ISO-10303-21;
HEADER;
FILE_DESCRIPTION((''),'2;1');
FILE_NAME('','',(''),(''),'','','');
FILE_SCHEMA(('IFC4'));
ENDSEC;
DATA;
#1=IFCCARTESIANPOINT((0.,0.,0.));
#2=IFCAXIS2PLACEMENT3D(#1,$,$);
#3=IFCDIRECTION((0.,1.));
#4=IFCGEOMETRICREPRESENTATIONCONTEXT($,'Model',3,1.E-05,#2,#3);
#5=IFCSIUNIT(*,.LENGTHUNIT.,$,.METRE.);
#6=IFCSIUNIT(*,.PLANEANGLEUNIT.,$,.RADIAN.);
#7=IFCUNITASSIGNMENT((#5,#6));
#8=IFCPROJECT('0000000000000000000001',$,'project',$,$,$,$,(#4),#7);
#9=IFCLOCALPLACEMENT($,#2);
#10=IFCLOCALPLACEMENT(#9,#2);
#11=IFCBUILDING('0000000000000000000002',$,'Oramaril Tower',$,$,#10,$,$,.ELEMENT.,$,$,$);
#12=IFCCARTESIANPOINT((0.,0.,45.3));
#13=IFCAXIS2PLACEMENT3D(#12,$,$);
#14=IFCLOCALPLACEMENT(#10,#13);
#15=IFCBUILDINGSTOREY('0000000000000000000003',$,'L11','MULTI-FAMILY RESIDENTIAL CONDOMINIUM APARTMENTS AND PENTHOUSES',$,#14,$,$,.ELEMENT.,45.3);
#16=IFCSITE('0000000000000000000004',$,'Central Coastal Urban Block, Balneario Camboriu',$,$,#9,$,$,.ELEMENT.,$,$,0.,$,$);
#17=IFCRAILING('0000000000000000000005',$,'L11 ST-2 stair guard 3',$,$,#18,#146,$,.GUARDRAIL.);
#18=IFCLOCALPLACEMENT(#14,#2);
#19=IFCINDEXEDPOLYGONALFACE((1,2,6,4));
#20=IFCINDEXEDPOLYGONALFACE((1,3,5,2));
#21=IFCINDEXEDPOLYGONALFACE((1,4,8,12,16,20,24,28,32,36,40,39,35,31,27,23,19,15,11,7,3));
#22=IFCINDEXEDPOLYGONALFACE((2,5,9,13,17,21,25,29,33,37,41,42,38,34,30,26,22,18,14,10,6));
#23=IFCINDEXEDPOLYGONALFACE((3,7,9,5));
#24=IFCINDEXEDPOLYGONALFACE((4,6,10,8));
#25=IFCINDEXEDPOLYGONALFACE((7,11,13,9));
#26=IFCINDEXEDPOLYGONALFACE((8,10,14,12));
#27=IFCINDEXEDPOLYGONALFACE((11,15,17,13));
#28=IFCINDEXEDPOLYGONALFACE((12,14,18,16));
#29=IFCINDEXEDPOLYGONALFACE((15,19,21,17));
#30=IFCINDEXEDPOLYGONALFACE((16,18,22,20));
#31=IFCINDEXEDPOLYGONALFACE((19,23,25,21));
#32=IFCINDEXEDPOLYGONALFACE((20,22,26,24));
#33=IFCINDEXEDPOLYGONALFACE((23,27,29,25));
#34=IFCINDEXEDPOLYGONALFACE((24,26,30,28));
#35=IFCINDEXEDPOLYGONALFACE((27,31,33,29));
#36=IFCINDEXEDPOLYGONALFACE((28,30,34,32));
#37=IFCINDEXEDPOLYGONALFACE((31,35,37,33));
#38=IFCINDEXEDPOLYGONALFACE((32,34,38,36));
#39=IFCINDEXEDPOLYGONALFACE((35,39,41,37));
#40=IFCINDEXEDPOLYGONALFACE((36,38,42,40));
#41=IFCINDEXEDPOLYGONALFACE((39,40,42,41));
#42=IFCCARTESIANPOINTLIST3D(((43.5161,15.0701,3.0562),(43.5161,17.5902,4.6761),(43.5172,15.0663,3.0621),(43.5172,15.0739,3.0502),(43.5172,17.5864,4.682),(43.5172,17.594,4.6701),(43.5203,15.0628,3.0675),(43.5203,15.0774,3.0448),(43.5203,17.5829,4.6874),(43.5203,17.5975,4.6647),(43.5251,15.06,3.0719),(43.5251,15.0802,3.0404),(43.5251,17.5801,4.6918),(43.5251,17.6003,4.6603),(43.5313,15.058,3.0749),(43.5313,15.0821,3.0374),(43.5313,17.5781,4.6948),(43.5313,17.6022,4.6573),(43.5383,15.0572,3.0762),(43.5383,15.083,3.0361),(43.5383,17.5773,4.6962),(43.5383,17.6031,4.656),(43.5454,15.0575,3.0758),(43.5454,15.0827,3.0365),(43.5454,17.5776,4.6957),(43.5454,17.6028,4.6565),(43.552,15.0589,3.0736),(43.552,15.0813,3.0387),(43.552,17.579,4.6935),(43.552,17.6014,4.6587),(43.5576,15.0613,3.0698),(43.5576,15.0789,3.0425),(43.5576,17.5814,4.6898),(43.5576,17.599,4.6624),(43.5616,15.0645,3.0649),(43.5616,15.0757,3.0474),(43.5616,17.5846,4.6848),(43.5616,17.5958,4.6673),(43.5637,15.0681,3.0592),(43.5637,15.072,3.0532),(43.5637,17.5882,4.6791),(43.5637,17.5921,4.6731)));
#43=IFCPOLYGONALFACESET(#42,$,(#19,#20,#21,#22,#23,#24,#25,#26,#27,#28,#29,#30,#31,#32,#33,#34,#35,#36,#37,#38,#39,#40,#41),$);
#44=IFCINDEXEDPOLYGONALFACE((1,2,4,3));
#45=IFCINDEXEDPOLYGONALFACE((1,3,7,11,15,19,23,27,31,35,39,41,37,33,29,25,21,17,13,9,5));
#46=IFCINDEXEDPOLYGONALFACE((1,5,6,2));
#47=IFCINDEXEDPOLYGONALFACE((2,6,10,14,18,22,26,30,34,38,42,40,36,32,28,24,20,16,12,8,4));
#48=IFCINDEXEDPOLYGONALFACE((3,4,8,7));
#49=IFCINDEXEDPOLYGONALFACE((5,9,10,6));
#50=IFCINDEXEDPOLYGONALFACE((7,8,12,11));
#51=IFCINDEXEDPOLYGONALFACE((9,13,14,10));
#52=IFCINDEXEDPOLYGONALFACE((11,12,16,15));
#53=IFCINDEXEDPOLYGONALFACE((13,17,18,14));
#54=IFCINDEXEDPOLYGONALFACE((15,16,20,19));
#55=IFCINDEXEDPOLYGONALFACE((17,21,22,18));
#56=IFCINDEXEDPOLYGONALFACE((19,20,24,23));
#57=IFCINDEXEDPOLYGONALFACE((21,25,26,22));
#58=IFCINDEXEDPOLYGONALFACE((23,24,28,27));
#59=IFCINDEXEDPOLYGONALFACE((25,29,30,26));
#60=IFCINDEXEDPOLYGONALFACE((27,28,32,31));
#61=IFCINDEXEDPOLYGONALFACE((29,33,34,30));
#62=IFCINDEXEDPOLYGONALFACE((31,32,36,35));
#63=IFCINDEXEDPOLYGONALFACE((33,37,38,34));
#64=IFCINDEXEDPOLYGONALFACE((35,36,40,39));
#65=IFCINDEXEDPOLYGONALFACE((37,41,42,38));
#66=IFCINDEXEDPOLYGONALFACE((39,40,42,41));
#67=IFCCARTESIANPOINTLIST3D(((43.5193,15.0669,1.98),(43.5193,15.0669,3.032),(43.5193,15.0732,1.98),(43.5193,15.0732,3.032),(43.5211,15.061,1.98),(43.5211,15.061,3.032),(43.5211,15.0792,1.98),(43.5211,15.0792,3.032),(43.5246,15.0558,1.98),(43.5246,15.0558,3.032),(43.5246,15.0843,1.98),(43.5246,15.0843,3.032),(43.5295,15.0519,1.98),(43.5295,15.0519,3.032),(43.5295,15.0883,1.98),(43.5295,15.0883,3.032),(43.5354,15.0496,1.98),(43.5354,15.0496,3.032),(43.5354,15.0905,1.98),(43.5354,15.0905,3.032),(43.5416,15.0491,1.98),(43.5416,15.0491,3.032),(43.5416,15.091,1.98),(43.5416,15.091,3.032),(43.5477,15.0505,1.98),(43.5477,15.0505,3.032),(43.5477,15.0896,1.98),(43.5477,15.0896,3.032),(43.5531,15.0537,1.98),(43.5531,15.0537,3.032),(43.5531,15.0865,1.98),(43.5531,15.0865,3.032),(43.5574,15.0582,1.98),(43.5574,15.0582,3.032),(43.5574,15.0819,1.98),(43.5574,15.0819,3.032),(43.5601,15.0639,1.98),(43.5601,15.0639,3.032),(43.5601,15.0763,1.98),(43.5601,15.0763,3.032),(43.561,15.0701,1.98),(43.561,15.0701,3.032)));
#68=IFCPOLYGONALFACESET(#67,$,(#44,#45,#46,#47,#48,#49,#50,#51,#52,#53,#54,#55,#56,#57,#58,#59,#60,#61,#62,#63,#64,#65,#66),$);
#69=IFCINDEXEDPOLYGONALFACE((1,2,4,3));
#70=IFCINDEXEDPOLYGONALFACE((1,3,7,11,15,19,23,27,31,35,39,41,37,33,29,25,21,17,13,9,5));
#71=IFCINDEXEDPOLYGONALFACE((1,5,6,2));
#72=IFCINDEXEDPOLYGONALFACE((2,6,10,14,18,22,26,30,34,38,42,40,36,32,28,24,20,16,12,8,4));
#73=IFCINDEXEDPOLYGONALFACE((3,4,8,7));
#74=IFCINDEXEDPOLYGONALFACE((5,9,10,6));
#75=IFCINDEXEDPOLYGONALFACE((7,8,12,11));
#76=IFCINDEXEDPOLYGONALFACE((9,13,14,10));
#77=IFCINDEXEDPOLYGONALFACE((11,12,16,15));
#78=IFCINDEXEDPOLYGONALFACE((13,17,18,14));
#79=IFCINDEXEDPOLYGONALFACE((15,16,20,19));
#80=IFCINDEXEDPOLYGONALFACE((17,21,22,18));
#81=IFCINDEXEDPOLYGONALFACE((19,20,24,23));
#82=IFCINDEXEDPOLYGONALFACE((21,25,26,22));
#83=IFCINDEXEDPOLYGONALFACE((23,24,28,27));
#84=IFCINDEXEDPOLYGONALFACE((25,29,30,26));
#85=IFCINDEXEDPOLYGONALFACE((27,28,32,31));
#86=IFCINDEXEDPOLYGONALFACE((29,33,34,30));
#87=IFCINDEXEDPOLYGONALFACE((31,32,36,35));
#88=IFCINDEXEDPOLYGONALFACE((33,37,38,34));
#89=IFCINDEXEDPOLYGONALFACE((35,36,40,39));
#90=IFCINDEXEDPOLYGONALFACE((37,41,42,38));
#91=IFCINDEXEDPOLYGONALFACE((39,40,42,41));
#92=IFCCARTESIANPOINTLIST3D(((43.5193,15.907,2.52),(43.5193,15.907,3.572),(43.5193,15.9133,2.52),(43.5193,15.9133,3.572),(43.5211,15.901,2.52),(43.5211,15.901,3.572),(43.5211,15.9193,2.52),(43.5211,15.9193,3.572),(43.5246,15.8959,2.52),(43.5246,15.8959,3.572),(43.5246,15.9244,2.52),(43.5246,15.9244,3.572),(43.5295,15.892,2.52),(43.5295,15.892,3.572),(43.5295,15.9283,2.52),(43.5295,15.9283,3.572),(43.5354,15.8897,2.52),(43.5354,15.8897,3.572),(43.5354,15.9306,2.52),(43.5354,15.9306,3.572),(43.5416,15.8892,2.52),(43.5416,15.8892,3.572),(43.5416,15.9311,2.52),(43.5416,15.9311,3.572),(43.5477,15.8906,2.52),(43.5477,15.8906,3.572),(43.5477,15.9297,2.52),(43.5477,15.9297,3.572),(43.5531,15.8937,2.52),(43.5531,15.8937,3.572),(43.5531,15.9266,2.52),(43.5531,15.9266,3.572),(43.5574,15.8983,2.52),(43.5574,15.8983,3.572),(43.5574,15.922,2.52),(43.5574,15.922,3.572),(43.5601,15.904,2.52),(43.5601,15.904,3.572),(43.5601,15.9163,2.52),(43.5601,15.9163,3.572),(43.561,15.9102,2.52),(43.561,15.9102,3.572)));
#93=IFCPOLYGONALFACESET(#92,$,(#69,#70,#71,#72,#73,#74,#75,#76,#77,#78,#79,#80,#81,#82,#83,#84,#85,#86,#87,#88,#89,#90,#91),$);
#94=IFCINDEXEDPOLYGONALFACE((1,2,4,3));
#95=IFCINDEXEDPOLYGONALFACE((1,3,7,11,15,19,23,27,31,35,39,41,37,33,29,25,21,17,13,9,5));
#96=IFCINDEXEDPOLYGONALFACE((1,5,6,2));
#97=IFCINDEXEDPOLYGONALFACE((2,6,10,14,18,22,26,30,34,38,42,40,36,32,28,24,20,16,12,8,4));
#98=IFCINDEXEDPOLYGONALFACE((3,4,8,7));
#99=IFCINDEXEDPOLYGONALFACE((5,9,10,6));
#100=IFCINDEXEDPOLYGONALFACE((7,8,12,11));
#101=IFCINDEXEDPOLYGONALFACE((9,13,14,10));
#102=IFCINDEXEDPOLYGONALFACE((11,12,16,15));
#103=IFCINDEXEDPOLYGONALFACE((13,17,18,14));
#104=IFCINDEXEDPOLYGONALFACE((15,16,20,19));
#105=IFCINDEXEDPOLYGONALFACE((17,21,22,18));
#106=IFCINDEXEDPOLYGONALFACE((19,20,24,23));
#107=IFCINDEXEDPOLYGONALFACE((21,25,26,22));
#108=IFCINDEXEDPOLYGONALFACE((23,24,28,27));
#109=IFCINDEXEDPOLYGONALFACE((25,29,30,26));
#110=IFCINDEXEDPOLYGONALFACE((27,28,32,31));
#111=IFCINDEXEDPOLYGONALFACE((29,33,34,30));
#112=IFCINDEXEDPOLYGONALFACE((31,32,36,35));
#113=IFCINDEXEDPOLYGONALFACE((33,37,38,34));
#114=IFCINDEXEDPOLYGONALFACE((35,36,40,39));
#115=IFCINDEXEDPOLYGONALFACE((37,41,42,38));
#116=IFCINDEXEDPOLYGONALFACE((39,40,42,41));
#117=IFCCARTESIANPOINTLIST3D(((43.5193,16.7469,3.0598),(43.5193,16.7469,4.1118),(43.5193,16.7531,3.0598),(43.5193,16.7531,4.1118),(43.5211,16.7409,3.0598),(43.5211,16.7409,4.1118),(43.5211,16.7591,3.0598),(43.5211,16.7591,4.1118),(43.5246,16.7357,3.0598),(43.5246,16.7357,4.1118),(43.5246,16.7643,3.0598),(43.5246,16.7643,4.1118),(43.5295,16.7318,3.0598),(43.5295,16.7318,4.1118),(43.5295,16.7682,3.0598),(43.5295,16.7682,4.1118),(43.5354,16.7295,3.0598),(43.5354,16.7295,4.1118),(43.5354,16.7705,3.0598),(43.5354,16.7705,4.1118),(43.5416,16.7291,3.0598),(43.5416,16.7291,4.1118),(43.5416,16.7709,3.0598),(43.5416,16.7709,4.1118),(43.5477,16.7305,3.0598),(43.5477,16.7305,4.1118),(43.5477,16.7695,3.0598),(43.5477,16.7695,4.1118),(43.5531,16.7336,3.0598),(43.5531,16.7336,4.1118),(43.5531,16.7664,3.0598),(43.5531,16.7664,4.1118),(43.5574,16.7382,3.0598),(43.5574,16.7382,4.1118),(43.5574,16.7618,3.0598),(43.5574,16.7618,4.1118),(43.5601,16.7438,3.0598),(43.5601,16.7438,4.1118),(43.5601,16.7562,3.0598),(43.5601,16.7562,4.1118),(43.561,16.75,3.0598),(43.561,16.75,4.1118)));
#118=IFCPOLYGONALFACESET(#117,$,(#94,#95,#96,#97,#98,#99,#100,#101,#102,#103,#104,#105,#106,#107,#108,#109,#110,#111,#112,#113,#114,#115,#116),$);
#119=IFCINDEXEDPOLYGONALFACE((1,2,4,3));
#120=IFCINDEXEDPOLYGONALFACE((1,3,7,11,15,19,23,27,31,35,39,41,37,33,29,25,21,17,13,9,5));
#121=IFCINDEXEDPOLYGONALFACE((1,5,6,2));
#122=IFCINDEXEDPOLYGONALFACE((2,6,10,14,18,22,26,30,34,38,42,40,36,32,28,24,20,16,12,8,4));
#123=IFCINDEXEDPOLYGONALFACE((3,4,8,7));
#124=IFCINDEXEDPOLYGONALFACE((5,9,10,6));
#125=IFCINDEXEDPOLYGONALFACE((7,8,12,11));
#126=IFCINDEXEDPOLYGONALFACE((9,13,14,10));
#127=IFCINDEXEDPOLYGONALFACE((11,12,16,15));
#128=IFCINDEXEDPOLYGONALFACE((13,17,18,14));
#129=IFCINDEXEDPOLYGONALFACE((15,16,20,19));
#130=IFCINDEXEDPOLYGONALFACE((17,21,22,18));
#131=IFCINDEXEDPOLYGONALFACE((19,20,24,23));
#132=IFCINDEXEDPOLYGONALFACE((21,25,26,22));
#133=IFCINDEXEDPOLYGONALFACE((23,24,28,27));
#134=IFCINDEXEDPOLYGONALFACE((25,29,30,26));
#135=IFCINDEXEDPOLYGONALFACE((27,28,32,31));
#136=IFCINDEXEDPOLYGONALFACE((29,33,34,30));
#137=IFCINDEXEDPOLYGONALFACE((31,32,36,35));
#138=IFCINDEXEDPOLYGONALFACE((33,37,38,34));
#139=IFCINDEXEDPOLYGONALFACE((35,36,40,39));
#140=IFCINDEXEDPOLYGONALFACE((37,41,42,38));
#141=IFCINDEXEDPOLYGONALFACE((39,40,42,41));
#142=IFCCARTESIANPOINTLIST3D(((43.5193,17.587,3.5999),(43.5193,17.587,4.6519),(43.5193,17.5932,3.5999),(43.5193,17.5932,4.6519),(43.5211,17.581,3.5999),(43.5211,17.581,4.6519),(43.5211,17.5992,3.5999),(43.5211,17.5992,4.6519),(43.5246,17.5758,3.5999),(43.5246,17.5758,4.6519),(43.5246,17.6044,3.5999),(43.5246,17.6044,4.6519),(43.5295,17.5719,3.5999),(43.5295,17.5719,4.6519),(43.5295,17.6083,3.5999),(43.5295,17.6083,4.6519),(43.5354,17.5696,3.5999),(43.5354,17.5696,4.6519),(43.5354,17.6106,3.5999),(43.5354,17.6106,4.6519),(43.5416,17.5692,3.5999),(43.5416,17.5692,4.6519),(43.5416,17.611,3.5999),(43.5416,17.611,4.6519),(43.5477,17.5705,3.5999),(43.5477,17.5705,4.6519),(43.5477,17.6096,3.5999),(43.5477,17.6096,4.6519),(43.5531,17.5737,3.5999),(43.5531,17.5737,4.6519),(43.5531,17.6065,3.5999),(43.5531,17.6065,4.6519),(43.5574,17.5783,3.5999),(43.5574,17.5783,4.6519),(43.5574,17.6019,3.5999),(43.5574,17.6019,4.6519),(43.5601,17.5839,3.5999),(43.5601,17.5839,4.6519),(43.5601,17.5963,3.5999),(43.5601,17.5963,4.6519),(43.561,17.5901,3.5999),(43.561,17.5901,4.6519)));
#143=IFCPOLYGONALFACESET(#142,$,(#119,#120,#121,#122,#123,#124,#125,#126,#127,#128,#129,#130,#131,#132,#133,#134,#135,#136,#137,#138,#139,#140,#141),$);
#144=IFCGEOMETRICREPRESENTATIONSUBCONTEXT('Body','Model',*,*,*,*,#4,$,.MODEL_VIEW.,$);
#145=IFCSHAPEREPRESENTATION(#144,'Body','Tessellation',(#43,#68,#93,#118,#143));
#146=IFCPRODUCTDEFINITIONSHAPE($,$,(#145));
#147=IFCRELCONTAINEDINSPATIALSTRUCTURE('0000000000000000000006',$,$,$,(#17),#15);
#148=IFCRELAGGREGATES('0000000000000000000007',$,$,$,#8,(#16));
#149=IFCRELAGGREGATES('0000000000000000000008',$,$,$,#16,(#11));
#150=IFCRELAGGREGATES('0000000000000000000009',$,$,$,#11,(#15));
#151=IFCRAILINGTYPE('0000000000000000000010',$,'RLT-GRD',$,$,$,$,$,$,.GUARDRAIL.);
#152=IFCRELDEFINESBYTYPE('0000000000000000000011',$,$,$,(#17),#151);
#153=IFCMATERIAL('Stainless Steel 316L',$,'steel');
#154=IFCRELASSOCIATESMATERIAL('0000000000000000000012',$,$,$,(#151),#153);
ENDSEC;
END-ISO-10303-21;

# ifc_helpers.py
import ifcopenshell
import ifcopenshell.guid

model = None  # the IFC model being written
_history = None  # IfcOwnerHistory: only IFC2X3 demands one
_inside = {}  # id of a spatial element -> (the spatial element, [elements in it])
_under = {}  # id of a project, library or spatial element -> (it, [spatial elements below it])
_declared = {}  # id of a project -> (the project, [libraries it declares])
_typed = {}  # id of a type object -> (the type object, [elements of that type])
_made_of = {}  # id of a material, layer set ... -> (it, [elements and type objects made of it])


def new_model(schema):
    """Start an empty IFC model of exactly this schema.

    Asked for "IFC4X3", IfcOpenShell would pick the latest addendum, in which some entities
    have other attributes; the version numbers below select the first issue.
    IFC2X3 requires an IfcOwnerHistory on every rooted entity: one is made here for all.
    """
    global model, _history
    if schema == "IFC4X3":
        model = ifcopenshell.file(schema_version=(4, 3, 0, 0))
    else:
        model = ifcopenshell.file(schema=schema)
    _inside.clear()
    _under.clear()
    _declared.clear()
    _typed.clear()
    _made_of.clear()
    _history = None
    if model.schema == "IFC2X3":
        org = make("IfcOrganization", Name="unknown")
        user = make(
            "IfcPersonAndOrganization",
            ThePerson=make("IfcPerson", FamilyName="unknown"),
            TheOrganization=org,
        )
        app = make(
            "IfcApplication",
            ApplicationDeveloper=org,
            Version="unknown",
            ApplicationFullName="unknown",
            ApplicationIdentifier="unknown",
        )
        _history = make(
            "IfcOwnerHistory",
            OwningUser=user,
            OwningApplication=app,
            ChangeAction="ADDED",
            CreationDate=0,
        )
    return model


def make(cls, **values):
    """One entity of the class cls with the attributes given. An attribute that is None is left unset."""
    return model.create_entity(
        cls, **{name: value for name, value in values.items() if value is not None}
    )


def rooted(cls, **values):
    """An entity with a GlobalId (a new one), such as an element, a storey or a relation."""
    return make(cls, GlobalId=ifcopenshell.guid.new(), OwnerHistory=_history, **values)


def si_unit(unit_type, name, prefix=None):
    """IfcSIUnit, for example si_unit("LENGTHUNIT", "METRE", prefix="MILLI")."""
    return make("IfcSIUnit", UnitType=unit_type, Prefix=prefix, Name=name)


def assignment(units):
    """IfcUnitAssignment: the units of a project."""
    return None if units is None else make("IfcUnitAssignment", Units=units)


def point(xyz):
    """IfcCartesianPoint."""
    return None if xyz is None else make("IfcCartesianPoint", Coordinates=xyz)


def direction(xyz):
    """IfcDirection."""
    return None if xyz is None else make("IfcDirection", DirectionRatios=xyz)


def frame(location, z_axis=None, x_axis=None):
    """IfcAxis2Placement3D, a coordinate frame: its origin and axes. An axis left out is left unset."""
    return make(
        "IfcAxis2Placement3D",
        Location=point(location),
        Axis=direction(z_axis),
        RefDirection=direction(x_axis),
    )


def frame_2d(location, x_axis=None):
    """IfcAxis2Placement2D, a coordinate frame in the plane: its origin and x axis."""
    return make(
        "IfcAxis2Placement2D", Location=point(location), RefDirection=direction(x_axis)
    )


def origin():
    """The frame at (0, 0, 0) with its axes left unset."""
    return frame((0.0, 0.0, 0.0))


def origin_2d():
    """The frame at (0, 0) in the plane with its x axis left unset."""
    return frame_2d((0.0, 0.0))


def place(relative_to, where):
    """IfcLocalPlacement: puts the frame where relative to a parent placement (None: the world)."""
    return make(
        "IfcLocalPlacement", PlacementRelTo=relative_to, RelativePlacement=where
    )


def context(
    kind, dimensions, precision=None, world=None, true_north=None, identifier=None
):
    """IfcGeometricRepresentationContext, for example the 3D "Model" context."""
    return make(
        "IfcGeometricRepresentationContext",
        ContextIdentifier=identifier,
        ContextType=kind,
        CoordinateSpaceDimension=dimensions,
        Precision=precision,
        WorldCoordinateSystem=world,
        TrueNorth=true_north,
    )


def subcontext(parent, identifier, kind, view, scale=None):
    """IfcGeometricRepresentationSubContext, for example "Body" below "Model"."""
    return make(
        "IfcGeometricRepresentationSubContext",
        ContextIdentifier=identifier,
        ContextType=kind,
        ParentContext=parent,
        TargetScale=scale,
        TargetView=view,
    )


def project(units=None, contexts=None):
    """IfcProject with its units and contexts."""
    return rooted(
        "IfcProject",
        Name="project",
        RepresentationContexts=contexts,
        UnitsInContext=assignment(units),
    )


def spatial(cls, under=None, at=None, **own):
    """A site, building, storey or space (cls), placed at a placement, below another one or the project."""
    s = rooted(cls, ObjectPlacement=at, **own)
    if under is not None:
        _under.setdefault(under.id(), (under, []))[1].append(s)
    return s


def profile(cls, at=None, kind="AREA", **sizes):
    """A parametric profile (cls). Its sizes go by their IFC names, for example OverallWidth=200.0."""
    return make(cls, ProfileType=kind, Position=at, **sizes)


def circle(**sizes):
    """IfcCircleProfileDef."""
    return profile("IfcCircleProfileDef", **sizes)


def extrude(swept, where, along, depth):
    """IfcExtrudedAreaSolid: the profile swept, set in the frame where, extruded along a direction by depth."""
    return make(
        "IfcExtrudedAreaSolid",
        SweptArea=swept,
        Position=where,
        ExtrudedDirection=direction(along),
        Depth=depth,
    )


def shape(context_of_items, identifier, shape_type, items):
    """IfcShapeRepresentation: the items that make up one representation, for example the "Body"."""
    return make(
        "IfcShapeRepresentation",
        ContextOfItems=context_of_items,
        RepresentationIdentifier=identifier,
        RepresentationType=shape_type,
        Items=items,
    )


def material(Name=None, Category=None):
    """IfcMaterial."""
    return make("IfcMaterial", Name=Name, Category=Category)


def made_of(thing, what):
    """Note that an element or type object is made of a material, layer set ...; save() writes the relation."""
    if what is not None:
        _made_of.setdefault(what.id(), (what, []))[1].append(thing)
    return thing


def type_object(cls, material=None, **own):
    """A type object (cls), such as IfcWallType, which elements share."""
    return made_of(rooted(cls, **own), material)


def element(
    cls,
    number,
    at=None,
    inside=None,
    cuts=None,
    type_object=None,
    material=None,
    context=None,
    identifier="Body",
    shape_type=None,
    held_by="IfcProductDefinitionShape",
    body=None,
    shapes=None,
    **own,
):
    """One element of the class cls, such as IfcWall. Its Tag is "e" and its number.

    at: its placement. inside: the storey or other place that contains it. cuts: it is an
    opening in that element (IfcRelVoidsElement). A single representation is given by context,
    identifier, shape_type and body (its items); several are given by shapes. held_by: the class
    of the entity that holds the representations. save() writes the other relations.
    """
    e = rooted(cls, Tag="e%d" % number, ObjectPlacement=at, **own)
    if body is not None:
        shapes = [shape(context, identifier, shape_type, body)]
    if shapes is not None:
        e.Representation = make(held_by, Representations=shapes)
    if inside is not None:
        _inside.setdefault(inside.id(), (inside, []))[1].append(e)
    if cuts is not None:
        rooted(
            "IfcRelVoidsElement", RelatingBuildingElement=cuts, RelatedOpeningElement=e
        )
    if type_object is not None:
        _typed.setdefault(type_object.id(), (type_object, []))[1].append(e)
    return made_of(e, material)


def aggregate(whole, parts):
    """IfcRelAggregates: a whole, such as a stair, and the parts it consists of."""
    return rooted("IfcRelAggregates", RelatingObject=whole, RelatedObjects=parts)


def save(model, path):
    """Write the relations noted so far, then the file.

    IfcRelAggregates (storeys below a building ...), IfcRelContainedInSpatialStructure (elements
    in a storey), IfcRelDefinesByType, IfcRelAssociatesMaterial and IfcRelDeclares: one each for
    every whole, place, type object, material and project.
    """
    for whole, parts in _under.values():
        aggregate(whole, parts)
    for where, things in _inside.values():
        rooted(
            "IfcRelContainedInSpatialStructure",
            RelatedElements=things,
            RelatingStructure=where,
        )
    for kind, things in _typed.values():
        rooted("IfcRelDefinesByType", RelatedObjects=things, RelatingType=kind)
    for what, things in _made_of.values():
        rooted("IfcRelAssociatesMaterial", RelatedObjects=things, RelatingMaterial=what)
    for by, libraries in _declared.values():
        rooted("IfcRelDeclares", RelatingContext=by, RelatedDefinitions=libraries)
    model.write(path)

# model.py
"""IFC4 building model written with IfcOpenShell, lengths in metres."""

from ifc_helpers import new_model, si_unit, direction, frame, origin, origin_2d, place, context, subcontext, project, spatial, circle, extrude, material, type_object, element, save


model = new_model("IFC4")

# Units and contexts
model_context = context("Model", 3, precision=1e-05, world=origin(), true_north=direction((0.0, 1.0)))
body_context = subcontext(model_context, "Body", "Model", "MODEL_VIEW")
ifc_project = project(units=[si_unit("LENGTHUNIT", "METRE"), si_unit("PLANEANGLEUNIT", "RADIAN")], contexts=[model_context])

# Site, building, storey
site_placement = place(None, origin())
site = spatial("IfcSite", under=ifc_project, at=site_placement, Name="Central Coastal Urban Block, Balneario Camboriu", CompositionType="ELEMENT", RefElevation=0.0)
building_placement = place(site_placement, origin())
building = spatial("IfcBuilding", under=site, at=building_placement, Name="Oramaril Tower", CompositionType="ELEMENT")
storey_placement = place(building_placement, frame((0.0, 0.0, 45.3)))
storey = spatial("IfcBuildingStorey", under=building, at=storey_placement, Name="L11", Description="MULTI-FAMILY RESIDENTIAL CONDOMINIUM APARTMENTS AND PENTHOUSES", CompositionType="ELEMENT", Elevation=45.3)

# Railing
ifc_material_1 = material(Name="Stainless Steel 316L", Category="steel")
railing_type_1 = type_object("IfcRailingType", Name="RLT-GRD", PredefinedType="GUARDRAIL", material=ifc_material_1)
railing_1_placement = place(storey_placement, frame((43.54, 15.0701, 1.98)))
element("IfcRailing", 1, at=railing_1_placement, inside=storey, type_object=railing_type_1, Name="L11 ST-2 stair guard 3", PredefinedType="GUARDRAIL", context=body_context, shape_type="SweptSolid", body=[
    extrude(circle(Radius=0.0239, at=origin_2d()), frame((0.0, 0.0, 1.0762), z_axis=(0.0, 0.8412, 0.540725), x_axis=(-1.0, 0.0, 0.0)), (0.0, 0.0, 1.0), 2.9958),
    extrude(circle(Radius=0.021, at=origin_2d()), origin(), (0.0, 0.0, 1.0), 1.052),
    extrude(circle(Radius=0.021, at=origin_2d()), frame((0.0, 0.8401, 0.54)), (0.0, 0.0, 1.0), 1.052),
    extrude(circle(Radius=0.021, at=origin_2d()), frame((0.0, 1.6799, 1.0798)), (0.0, 0.0, 1.0), 1.052),
    extrude(circle(Radius=0.021, at=origin_2d()), frame((0.0, 2.52, 1.6199)), (0.0, 0.0, 1.0), 1.052),
])

save(model, "model.ifc")
